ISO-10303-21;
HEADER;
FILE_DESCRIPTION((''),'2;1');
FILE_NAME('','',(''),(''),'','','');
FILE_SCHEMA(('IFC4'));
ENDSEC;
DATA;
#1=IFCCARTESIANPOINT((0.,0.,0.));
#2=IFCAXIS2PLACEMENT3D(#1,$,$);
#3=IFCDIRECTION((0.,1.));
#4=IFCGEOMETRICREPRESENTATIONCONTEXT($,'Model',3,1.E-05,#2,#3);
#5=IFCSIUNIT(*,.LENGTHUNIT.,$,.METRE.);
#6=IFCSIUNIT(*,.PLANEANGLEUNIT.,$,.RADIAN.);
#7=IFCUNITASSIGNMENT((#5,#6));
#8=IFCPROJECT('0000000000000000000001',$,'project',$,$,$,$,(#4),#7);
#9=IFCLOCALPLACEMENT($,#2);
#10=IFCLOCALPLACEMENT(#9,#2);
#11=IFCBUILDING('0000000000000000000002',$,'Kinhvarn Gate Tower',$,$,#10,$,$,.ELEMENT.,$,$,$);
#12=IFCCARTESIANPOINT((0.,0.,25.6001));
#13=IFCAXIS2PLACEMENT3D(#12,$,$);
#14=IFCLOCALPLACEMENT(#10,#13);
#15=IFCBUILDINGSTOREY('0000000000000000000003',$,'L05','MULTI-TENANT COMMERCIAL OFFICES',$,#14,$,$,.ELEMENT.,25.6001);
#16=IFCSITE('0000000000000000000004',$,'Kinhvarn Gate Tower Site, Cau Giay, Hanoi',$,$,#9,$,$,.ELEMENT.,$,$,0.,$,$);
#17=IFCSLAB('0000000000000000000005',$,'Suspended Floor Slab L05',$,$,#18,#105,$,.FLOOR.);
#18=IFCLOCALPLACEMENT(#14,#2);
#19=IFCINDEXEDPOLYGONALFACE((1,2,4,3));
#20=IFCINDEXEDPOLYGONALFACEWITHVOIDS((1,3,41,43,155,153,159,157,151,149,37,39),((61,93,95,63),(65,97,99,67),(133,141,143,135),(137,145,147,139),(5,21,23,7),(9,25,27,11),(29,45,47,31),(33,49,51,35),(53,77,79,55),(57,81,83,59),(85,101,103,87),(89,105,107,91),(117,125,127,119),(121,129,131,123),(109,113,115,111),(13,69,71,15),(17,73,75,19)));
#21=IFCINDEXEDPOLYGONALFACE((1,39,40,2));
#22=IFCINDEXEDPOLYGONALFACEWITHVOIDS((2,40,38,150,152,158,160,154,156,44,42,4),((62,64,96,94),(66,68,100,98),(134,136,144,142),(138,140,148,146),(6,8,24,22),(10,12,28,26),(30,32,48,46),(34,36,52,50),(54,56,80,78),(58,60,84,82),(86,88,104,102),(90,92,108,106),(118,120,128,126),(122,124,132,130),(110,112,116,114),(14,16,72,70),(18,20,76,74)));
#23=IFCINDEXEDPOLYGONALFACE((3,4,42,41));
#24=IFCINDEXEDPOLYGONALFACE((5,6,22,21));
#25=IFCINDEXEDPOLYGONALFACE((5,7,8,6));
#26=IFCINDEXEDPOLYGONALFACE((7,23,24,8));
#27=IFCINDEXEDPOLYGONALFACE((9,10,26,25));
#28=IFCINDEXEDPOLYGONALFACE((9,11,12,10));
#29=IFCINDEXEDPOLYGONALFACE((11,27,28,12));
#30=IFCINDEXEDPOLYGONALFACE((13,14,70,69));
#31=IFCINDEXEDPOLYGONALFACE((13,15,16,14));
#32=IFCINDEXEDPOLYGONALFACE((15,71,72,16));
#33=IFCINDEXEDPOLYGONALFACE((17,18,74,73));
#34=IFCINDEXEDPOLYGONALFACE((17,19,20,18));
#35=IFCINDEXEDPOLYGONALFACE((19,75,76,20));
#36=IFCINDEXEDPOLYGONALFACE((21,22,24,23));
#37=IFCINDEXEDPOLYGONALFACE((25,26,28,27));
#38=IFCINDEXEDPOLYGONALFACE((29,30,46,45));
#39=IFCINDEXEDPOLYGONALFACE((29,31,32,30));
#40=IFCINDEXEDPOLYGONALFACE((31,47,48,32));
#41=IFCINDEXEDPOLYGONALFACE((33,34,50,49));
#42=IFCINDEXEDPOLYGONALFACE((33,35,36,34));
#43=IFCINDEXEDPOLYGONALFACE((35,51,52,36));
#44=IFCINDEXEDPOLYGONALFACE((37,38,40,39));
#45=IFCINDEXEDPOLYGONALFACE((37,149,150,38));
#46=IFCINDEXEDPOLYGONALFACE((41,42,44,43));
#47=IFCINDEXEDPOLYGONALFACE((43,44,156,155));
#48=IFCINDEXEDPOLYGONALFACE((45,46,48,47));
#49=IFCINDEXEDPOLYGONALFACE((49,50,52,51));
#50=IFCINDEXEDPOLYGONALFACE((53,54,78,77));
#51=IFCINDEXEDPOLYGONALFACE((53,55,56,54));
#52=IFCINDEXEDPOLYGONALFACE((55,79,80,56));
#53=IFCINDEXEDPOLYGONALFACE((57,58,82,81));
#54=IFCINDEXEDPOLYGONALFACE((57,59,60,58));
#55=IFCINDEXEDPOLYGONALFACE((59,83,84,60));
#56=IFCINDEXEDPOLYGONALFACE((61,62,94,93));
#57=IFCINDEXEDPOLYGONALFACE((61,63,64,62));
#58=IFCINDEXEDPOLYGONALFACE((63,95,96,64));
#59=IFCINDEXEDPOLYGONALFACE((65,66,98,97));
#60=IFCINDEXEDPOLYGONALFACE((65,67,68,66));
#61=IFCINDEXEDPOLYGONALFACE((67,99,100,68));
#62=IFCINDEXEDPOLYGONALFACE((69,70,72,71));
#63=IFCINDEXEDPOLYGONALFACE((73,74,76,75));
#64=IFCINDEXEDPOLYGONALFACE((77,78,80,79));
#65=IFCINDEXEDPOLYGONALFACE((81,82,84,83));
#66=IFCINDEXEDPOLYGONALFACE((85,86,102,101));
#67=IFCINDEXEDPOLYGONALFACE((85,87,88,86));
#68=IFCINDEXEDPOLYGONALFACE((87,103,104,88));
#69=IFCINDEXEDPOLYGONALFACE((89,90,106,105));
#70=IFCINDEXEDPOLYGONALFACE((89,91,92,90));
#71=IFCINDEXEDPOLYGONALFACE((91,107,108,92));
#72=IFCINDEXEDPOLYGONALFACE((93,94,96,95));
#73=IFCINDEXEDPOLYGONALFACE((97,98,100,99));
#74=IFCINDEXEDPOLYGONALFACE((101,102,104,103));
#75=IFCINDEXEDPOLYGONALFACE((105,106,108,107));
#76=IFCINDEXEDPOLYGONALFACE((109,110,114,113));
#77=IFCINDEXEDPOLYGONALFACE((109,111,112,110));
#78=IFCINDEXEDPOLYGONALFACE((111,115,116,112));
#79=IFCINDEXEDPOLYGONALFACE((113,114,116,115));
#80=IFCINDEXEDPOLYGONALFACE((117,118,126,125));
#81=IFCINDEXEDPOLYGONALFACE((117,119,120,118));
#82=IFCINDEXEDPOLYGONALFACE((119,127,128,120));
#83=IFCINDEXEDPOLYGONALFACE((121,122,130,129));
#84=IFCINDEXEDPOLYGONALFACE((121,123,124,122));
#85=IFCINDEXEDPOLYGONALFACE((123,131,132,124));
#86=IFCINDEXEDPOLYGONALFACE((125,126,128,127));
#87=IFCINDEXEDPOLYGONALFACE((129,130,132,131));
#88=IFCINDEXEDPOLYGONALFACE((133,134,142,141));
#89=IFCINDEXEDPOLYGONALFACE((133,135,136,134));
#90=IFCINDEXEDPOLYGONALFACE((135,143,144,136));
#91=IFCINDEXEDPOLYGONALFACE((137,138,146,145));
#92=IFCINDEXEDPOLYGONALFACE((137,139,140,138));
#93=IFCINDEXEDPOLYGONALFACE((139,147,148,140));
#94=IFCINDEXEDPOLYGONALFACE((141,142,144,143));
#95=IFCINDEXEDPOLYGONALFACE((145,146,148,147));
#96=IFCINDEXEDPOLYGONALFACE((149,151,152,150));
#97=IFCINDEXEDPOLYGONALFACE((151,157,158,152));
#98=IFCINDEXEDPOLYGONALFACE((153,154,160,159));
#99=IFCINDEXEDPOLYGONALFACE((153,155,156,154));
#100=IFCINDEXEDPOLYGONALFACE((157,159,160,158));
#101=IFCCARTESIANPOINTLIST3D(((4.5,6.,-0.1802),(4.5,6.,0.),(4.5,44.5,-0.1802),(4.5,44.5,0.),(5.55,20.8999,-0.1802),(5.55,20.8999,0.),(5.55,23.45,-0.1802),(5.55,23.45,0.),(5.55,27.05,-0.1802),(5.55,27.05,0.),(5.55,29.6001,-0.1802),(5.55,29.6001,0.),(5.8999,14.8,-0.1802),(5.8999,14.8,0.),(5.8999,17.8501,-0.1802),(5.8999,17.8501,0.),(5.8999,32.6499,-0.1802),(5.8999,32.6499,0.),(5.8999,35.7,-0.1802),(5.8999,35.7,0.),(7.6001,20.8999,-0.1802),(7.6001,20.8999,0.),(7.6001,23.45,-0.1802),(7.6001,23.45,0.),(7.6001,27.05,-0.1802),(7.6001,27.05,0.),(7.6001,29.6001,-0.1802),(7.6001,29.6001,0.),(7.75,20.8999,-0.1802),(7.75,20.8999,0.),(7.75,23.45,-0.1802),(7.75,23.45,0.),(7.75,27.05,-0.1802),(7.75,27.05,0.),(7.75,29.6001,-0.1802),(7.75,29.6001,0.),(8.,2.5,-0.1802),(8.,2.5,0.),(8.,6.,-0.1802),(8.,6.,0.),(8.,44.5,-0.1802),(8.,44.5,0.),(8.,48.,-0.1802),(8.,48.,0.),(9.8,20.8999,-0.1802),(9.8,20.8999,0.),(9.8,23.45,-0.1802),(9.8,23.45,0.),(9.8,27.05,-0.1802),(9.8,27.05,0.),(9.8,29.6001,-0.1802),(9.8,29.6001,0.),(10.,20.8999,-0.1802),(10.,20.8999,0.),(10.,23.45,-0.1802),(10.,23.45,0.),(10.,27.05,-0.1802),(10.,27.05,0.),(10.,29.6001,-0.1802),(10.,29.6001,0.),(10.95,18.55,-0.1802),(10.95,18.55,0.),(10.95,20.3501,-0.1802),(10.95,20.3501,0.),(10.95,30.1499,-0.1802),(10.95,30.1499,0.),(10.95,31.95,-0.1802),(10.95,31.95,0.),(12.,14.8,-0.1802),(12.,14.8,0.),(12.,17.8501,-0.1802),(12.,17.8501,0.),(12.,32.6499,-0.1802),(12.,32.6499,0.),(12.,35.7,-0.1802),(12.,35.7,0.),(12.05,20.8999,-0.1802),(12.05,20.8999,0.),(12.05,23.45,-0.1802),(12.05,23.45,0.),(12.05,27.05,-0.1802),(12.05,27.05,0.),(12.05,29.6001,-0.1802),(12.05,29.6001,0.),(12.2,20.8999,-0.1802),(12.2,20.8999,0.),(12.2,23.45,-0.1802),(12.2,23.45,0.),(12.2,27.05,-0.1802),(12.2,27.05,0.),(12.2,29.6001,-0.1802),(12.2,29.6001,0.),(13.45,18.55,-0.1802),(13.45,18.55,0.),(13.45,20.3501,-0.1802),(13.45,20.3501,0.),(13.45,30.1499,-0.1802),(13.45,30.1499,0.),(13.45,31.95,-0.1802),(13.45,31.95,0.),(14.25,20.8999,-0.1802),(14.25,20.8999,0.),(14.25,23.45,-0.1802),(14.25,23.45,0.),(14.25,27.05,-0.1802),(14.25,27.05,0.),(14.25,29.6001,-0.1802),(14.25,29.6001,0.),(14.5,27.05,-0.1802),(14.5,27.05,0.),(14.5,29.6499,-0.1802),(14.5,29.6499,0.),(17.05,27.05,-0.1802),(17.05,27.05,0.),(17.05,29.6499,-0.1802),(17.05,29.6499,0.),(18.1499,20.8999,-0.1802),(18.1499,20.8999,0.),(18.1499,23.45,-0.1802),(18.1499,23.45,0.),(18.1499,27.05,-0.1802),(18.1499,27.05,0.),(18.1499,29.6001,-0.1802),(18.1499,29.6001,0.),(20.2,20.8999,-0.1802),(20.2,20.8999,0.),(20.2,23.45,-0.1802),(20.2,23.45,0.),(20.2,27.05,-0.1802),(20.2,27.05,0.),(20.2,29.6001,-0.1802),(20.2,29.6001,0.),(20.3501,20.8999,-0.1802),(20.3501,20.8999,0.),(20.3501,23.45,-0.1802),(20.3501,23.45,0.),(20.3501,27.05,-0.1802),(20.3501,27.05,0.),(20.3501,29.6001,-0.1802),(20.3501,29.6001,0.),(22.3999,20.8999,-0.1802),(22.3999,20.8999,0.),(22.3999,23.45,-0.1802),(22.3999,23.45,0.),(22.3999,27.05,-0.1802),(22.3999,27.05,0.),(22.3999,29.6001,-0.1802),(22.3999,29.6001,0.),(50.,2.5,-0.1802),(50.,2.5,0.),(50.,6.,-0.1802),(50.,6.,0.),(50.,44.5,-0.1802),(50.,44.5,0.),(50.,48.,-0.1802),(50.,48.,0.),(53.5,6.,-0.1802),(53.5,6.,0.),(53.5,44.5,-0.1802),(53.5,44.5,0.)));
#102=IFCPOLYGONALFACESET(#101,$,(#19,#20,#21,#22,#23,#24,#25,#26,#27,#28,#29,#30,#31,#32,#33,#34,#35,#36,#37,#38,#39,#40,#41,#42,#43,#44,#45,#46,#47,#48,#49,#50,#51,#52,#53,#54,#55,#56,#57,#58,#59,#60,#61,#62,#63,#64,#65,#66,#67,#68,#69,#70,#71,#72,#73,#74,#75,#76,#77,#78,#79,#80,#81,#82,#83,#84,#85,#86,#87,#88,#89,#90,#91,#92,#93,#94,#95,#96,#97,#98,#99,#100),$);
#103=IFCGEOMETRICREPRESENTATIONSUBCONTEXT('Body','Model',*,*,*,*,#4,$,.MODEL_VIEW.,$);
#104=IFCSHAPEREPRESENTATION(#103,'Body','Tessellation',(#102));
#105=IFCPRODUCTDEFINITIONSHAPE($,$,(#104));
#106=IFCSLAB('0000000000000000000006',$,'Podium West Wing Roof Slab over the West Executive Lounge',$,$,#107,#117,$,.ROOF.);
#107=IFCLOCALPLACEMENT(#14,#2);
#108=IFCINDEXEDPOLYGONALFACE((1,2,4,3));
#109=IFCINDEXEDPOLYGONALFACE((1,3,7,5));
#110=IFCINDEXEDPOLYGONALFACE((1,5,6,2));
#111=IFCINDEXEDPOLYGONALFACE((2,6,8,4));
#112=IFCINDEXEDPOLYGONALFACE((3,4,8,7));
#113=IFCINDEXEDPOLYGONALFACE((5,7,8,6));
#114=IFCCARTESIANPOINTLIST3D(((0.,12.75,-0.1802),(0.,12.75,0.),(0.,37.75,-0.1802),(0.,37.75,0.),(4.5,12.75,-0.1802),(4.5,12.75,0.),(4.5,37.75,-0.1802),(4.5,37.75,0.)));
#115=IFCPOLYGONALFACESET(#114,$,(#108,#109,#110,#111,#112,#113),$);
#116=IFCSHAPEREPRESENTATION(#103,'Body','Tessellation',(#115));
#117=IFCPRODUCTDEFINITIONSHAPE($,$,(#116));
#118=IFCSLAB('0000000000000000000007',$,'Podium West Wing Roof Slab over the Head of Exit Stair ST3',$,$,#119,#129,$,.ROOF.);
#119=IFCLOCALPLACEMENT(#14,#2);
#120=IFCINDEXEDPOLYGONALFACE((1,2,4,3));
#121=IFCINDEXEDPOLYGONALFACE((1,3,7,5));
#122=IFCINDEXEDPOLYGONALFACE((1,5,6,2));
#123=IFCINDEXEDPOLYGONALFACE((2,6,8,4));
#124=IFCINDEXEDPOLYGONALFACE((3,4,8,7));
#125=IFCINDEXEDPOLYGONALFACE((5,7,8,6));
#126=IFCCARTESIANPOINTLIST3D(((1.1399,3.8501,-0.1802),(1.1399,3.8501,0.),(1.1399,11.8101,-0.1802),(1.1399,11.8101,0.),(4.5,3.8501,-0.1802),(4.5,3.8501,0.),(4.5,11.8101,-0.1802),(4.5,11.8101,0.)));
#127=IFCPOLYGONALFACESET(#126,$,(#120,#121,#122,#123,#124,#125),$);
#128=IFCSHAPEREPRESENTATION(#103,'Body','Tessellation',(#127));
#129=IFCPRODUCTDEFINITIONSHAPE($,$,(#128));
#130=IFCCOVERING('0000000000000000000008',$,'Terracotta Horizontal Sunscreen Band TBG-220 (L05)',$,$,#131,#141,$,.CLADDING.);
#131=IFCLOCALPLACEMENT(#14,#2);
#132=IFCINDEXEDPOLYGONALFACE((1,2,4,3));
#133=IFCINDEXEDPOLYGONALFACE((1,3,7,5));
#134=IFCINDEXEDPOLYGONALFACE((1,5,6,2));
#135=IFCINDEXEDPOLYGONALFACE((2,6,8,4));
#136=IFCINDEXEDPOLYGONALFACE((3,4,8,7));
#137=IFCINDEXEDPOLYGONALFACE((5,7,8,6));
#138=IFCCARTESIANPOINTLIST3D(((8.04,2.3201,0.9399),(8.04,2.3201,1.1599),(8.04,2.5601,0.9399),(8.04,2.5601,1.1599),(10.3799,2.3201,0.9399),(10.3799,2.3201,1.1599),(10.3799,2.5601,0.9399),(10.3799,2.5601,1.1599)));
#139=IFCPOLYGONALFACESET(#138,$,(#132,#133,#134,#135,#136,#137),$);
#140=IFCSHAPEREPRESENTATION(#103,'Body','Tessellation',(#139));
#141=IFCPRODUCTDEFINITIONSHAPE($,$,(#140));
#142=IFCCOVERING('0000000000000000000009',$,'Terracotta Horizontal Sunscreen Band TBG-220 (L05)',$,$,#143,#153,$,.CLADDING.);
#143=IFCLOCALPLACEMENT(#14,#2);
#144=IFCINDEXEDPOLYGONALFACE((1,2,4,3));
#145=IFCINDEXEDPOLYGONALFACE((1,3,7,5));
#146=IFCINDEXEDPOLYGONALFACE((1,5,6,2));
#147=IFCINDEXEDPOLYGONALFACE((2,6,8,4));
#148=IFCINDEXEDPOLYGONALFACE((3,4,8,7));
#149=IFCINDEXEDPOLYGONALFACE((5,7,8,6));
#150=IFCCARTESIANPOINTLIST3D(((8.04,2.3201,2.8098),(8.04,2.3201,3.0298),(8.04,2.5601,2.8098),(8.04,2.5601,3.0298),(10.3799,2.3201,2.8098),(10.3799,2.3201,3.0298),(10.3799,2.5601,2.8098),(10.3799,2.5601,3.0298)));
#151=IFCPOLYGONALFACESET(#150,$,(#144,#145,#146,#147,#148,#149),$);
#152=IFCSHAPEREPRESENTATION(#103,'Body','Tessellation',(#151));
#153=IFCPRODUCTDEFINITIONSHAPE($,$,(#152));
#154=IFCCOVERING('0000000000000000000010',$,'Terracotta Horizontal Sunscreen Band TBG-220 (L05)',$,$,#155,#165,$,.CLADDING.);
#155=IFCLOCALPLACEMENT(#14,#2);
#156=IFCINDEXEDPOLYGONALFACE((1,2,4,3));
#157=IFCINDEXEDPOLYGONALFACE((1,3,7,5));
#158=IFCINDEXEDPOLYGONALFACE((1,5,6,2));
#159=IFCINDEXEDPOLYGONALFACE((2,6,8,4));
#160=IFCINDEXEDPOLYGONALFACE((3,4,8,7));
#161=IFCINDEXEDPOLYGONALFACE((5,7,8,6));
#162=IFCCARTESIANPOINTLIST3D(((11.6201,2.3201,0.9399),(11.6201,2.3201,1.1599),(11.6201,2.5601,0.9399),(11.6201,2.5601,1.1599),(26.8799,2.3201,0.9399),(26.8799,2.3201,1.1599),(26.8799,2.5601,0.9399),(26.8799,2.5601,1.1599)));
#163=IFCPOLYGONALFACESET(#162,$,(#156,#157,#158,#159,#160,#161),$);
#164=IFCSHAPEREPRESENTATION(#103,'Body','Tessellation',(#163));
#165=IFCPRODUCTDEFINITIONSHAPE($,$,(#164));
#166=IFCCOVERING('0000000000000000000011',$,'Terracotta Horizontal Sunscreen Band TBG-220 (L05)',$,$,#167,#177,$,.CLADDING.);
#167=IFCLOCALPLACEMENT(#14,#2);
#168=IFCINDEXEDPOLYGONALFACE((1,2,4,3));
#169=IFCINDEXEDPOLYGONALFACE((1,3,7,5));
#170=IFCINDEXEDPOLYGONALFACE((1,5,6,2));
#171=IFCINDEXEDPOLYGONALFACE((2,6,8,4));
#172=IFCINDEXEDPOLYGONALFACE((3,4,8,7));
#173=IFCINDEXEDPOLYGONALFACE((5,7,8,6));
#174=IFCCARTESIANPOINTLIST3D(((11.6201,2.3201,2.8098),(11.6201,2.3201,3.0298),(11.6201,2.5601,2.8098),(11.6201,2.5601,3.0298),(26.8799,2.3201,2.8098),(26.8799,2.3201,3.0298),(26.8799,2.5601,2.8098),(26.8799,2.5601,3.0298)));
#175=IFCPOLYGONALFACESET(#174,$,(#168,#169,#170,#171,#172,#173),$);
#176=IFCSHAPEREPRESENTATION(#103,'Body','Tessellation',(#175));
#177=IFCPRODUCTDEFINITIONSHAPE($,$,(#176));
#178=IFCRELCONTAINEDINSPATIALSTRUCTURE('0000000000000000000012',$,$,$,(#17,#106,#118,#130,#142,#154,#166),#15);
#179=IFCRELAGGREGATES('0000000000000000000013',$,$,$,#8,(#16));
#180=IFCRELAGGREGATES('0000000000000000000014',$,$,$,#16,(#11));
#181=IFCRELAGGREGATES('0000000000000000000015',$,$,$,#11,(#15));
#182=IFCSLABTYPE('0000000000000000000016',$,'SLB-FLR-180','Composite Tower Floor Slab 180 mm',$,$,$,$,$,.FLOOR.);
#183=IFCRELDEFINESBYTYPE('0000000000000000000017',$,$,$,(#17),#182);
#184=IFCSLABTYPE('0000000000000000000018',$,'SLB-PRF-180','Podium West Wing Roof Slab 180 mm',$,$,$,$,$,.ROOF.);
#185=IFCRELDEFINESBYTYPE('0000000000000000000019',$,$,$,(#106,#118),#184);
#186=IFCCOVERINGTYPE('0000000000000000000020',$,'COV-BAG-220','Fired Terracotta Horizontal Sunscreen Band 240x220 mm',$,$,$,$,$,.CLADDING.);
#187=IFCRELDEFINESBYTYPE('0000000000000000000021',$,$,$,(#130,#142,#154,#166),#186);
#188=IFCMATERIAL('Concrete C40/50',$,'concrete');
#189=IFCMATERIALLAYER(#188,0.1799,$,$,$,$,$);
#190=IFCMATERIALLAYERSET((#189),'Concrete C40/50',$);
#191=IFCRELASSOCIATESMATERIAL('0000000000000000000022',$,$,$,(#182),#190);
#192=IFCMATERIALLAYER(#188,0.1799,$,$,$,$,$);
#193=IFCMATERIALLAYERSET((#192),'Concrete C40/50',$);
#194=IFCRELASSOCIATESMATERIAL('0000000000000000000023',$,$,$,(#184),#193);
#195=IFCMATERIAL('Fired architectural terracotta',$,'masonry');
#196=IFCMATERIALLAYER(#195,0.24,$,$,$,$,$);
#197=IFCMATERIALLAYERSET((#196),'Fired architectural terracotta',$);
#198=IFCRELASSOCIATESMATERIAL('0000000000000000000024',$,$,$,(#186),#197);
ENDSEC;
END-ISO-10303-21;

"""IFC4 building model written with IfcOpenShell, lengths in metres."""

from ifc_helpers import new_model, si_unit, direction, frame, origin, place, context, subcontext, project, spatial, polyline, outline, extrude, material, layer, layer_set, type_object, element, save


model = new_model("IFC4")

# Units and contexts
model_context = context("Model", 3, precision=1e-05, world=origin(), true_north=direction((0.0, 1.0)))
body_context = subcontext(model_context, "Body", "Model", "MODEL_VIEW")
ifc_project = project(units=[si_unit("LENGTHUNIT", "METRE"), si_unit("PLANEANGLEUNIT", "RADIAN")], contexts=[model_context])

# Site, building, storey
site_placement = place(None, origin())
site = spatial("IfcSite", under=ifc_project, at=site_placement, Name="Kinhvarn Gate Tower Site, Cau Giay, Hanoi", CompositionType="ELEMENT", RefElevation=0.0)
building_placement = place(site_placement, origin())
building = spatial("IfcBuilding", under=site, at=building_placement, Name="Kinhvarn Gate Tower", CompositionType="ELEMENT")
storey_placement = place(building_placement, frame((0.0, 0.0, 25.6001)))
storey = spatial("IfcBuildingStorey", under=building, at=storey_placement, Name="L05", Description="MULTI-TENANT COMMERCIAL OFFICES", CompositionType="ELEMENT", Elevation=25.6001)

# Slabs
ifc_material_1 = material(Name="Concrete C40/50", Category="concrete")
ifc_layer_1 = layer(ifc_material_1, 0.1799)
ifc_layer_set_1 = layer_set([ifc_layer_1], Name="Concrete C40/50")
slab_type_1 = type_object("IfcSlabType", Name="SLB-FLR-180", Description="Composite Tower Floor Slab 180 mm", PredefinedType="FLOOR", material=ifc_layer_set_1)
slab_1_placement = place(storey_placement, frame((0.0, 0.0, -0.1802)))
element("IfcSlab", 1, at=slab_1_placement, inside=storey, type_object=slab_type_1, Name="Suspended Floor Slab L05", PredefinedType="FLOOR", context=body_context, shape_type="SweptSolid", body=[
    extrude(outline(polyline([(8.0, 2.5), (50.0, 2.5), (50.0, 6.0), (53.5, 6.0), (53.5, 44.5), (50.0, 44.5), (50.0, 48.0), (8.0, 48.0), (8.0, 44.5), (4.5, 44.5), (4.5, 6.0), (8.0, 6.0), (8.0, 2.5)]), holes=[polyline([(5.8999, 14.8), (12.0, 14.8), (12.0, 17.8501), (5.8999, 17.8501), (5.8999, 14.8)]), polyline([(5.8999, 32.6499), (12.0, 32.6499), (12.0, 35.7), (5.8999, 35.7), (5.8999, 32.6499)]), polyline([(18.1499, 20.8999), (20.2, 20.8999), (20.2, 23.45), (18.1499, 23.45), (18.1499, 20.8999)]), polyline([(20.3501, 20.8999), (22.3999, 20.8999), (22.3999, 23.45), (20.3501, 23.45), (20.3501, 20.8999)]), polyline([(18.1499, 27.05), (20.2, 27.05), (20.2, 29.6001), (18.1499, 29.6001), (18.1499, 27.05)]), polyline([(20.3501, 27.05), (22.3999, 27.05), (22.3999, 29.6001), (20.3501, 29.6001), (20.3501, 27.05)]), polyline([(5.55, 20.8999), (7.6001, 20.8999), (7.6001, 23.45), (5.55, 23.45), (5.55, 20.8999)]), polyline([(7.75, 20.8999), (9.8, 20.8999), (9.8, 23.45), (7.75, 23.45), (7.75, 20.8999)]), polyline([(5.55, 27.05), (7.6001, 27.05), (7.6001, 29.6001), (5.55, 29.6001), (5.55, 27.05)]), polyline([(7.75, 27.05), (9.8, 27.05), (9.8, 29.6001), (7.75, 29.6001), (7.75, 27.05)]), polyline([(10.0, 20.8999), (12.05, 20.8999), (12.05, 23.45), (10.0, 23.45), (10.0, 20.8999)]), polyline([(12.2, 20.8999), (14.25, 20.8999), (14.25, 23.45), (12.2, 23.45), (12.2, 20.8999)]), polyline([(10.0, 27.05), (12.05, 27.05), (12.05, 29.6001), (10.0, 29.6001), (10.0, 27.05)]), polyline([(12.2, 27.05), (14.25, 27.05), (14.25, 29.6001), (12.2, 29.6001), (12.2, 27.05)]), polyline([(14.5, 27.05), (17.05, 27.05), (17.05, 29.6499), (14.5, 29.6499), (14.5, 27.05)]), polyline([(10.95, 18.55), (13.45, 18.55), (13.45, 20.3501), (10.95, 20.3501), (10.95, 18.55)]), polyline([(10.95, 30.1499), (13.45, 30.1499), (13.45, 31.95), (10.95, 31.95), (10.95, 30.1499)])]), origin(), (0.0, 0.0, 1.0), 0.1802),
])
ifc_layer_2 = layer(ifc_material_1, 0.1799)
ifc_layer_set_2 = layer_set([ifc_layer_2], Name="Concrete C40/50")
slab_type_2 = type_object("IfcSlabType", Name="SLB-PRF-180", Description="Podium West Wing Roof Slab 180 mm", PredefinedType="ROOF", material=ifc_layer_set_2)
slab_2_placement = place(storey_placement, frame((0.0, 0.0, -0.1802)))
element("IfcSlab", 2, at=slab_2_placement, inside=storey, type_object=slab_type_2, Name="Podium West Wing Roof Slab over the West Executive Lounge", PredefinedType="ROOF", context=body_context, shape_type="SweptSolid", body=[
    extrude(outline(polyline([(0.0, 12.75), (4.5, 12.75), (4.5, 37.75), (0.0, 37.75), (0.0, 12.75)])), origin(), (0.0, 0.0, 1.0), 0.1802),
])
slab_3_placement = place(storey_placement, frame((0.0, 0.0, -0.1802)))
element("IfcSlab", 3, at=slab_3_placement, inside=storey, type_object=slab_type_2, Name="Podium West Wing Roof Slab over the Head of Exit Stair ST3", PredefinedType="ROOF", context=body_context, shape_type="SweptSolid", body=[
    extrude(outline(polyline([(1.1399, 3.8501), (4.5, 3.8501), (4.5, 11.8101), (1.1399, 11.8101), (1.1399, 3.8501)])), origin(), (0.0, 0.0, 1.0), 0.1802),
])

# Coverings
ifc_material_2 = material(Name="Fired architectural terracotta", Category="masonry")
ifc_layer_3 = layer(ifc_material_2, 0.24)
ifc_layer_set_3 = layer_set([ifc_layer_3], Name="Fired architectural terracotta")
covering_type_1 = type_object("IfcCoveringType", Name="COV-BAG-220", Description="Fired Terracotta Horizontal Sunscreen Band 240x220 mm", PredefinedType="CLADDING", material=ifc_layer_set_3)
for number, where, name in (
    (4, (0.0, 0.0, 0.9399), "Terracotta Horizontal Sunscreen Band TBG-220 (L05)"),
    (5, (0.0, 0.0, 2.8098), "Terracotta Horizontal Sunscreen Band TBG-220 (L05)"),
):
    element("IfcCovering", number, at=place(storey_placement, frame(where)), inside=storey, type_object=covering_type_1, Name=name, PredefinedType="CLADDING", context=body_context, shape_type="SweptSolid", body=[
        extrude(outline(polyline([(8.04, 2.5601), (10.3799, 2.5601), (10.3799, 2.3201), (8.04, 2.3201), (8.04, 2.5601)])), origin(), (0.0, 0.0, 1.0), 0.22),
    ])
for number, where, name in (
    (6, (0.0, 0.0, 0.9399), "Terracotta Horizontal Sunscreen Band TBG-220 (L05)"),
    (7, (0.0, 0.0, 2.8098), "Terracotta Horizontal Sunscreen Band TBG-220 (L05)"),
):
    element("IfcCovering", number, at=place(storey_placement, frame(where)), inside=storey, type_object=covering_type_1, Name=name, PredefinedType="CLADDING", context=body_context, shape_type="SweptSolid", body=[
        extrude(outline(polyline([(11.6201, 2.5601), (26.8799, 2.5601), (26.8799, 2.3201), (11.6201, 2.3201), (11.6201, 2.5601)])), origin(), (0.0, 0.0, 1.0), 0.22),
    ])

save(model, "model.ifc")
